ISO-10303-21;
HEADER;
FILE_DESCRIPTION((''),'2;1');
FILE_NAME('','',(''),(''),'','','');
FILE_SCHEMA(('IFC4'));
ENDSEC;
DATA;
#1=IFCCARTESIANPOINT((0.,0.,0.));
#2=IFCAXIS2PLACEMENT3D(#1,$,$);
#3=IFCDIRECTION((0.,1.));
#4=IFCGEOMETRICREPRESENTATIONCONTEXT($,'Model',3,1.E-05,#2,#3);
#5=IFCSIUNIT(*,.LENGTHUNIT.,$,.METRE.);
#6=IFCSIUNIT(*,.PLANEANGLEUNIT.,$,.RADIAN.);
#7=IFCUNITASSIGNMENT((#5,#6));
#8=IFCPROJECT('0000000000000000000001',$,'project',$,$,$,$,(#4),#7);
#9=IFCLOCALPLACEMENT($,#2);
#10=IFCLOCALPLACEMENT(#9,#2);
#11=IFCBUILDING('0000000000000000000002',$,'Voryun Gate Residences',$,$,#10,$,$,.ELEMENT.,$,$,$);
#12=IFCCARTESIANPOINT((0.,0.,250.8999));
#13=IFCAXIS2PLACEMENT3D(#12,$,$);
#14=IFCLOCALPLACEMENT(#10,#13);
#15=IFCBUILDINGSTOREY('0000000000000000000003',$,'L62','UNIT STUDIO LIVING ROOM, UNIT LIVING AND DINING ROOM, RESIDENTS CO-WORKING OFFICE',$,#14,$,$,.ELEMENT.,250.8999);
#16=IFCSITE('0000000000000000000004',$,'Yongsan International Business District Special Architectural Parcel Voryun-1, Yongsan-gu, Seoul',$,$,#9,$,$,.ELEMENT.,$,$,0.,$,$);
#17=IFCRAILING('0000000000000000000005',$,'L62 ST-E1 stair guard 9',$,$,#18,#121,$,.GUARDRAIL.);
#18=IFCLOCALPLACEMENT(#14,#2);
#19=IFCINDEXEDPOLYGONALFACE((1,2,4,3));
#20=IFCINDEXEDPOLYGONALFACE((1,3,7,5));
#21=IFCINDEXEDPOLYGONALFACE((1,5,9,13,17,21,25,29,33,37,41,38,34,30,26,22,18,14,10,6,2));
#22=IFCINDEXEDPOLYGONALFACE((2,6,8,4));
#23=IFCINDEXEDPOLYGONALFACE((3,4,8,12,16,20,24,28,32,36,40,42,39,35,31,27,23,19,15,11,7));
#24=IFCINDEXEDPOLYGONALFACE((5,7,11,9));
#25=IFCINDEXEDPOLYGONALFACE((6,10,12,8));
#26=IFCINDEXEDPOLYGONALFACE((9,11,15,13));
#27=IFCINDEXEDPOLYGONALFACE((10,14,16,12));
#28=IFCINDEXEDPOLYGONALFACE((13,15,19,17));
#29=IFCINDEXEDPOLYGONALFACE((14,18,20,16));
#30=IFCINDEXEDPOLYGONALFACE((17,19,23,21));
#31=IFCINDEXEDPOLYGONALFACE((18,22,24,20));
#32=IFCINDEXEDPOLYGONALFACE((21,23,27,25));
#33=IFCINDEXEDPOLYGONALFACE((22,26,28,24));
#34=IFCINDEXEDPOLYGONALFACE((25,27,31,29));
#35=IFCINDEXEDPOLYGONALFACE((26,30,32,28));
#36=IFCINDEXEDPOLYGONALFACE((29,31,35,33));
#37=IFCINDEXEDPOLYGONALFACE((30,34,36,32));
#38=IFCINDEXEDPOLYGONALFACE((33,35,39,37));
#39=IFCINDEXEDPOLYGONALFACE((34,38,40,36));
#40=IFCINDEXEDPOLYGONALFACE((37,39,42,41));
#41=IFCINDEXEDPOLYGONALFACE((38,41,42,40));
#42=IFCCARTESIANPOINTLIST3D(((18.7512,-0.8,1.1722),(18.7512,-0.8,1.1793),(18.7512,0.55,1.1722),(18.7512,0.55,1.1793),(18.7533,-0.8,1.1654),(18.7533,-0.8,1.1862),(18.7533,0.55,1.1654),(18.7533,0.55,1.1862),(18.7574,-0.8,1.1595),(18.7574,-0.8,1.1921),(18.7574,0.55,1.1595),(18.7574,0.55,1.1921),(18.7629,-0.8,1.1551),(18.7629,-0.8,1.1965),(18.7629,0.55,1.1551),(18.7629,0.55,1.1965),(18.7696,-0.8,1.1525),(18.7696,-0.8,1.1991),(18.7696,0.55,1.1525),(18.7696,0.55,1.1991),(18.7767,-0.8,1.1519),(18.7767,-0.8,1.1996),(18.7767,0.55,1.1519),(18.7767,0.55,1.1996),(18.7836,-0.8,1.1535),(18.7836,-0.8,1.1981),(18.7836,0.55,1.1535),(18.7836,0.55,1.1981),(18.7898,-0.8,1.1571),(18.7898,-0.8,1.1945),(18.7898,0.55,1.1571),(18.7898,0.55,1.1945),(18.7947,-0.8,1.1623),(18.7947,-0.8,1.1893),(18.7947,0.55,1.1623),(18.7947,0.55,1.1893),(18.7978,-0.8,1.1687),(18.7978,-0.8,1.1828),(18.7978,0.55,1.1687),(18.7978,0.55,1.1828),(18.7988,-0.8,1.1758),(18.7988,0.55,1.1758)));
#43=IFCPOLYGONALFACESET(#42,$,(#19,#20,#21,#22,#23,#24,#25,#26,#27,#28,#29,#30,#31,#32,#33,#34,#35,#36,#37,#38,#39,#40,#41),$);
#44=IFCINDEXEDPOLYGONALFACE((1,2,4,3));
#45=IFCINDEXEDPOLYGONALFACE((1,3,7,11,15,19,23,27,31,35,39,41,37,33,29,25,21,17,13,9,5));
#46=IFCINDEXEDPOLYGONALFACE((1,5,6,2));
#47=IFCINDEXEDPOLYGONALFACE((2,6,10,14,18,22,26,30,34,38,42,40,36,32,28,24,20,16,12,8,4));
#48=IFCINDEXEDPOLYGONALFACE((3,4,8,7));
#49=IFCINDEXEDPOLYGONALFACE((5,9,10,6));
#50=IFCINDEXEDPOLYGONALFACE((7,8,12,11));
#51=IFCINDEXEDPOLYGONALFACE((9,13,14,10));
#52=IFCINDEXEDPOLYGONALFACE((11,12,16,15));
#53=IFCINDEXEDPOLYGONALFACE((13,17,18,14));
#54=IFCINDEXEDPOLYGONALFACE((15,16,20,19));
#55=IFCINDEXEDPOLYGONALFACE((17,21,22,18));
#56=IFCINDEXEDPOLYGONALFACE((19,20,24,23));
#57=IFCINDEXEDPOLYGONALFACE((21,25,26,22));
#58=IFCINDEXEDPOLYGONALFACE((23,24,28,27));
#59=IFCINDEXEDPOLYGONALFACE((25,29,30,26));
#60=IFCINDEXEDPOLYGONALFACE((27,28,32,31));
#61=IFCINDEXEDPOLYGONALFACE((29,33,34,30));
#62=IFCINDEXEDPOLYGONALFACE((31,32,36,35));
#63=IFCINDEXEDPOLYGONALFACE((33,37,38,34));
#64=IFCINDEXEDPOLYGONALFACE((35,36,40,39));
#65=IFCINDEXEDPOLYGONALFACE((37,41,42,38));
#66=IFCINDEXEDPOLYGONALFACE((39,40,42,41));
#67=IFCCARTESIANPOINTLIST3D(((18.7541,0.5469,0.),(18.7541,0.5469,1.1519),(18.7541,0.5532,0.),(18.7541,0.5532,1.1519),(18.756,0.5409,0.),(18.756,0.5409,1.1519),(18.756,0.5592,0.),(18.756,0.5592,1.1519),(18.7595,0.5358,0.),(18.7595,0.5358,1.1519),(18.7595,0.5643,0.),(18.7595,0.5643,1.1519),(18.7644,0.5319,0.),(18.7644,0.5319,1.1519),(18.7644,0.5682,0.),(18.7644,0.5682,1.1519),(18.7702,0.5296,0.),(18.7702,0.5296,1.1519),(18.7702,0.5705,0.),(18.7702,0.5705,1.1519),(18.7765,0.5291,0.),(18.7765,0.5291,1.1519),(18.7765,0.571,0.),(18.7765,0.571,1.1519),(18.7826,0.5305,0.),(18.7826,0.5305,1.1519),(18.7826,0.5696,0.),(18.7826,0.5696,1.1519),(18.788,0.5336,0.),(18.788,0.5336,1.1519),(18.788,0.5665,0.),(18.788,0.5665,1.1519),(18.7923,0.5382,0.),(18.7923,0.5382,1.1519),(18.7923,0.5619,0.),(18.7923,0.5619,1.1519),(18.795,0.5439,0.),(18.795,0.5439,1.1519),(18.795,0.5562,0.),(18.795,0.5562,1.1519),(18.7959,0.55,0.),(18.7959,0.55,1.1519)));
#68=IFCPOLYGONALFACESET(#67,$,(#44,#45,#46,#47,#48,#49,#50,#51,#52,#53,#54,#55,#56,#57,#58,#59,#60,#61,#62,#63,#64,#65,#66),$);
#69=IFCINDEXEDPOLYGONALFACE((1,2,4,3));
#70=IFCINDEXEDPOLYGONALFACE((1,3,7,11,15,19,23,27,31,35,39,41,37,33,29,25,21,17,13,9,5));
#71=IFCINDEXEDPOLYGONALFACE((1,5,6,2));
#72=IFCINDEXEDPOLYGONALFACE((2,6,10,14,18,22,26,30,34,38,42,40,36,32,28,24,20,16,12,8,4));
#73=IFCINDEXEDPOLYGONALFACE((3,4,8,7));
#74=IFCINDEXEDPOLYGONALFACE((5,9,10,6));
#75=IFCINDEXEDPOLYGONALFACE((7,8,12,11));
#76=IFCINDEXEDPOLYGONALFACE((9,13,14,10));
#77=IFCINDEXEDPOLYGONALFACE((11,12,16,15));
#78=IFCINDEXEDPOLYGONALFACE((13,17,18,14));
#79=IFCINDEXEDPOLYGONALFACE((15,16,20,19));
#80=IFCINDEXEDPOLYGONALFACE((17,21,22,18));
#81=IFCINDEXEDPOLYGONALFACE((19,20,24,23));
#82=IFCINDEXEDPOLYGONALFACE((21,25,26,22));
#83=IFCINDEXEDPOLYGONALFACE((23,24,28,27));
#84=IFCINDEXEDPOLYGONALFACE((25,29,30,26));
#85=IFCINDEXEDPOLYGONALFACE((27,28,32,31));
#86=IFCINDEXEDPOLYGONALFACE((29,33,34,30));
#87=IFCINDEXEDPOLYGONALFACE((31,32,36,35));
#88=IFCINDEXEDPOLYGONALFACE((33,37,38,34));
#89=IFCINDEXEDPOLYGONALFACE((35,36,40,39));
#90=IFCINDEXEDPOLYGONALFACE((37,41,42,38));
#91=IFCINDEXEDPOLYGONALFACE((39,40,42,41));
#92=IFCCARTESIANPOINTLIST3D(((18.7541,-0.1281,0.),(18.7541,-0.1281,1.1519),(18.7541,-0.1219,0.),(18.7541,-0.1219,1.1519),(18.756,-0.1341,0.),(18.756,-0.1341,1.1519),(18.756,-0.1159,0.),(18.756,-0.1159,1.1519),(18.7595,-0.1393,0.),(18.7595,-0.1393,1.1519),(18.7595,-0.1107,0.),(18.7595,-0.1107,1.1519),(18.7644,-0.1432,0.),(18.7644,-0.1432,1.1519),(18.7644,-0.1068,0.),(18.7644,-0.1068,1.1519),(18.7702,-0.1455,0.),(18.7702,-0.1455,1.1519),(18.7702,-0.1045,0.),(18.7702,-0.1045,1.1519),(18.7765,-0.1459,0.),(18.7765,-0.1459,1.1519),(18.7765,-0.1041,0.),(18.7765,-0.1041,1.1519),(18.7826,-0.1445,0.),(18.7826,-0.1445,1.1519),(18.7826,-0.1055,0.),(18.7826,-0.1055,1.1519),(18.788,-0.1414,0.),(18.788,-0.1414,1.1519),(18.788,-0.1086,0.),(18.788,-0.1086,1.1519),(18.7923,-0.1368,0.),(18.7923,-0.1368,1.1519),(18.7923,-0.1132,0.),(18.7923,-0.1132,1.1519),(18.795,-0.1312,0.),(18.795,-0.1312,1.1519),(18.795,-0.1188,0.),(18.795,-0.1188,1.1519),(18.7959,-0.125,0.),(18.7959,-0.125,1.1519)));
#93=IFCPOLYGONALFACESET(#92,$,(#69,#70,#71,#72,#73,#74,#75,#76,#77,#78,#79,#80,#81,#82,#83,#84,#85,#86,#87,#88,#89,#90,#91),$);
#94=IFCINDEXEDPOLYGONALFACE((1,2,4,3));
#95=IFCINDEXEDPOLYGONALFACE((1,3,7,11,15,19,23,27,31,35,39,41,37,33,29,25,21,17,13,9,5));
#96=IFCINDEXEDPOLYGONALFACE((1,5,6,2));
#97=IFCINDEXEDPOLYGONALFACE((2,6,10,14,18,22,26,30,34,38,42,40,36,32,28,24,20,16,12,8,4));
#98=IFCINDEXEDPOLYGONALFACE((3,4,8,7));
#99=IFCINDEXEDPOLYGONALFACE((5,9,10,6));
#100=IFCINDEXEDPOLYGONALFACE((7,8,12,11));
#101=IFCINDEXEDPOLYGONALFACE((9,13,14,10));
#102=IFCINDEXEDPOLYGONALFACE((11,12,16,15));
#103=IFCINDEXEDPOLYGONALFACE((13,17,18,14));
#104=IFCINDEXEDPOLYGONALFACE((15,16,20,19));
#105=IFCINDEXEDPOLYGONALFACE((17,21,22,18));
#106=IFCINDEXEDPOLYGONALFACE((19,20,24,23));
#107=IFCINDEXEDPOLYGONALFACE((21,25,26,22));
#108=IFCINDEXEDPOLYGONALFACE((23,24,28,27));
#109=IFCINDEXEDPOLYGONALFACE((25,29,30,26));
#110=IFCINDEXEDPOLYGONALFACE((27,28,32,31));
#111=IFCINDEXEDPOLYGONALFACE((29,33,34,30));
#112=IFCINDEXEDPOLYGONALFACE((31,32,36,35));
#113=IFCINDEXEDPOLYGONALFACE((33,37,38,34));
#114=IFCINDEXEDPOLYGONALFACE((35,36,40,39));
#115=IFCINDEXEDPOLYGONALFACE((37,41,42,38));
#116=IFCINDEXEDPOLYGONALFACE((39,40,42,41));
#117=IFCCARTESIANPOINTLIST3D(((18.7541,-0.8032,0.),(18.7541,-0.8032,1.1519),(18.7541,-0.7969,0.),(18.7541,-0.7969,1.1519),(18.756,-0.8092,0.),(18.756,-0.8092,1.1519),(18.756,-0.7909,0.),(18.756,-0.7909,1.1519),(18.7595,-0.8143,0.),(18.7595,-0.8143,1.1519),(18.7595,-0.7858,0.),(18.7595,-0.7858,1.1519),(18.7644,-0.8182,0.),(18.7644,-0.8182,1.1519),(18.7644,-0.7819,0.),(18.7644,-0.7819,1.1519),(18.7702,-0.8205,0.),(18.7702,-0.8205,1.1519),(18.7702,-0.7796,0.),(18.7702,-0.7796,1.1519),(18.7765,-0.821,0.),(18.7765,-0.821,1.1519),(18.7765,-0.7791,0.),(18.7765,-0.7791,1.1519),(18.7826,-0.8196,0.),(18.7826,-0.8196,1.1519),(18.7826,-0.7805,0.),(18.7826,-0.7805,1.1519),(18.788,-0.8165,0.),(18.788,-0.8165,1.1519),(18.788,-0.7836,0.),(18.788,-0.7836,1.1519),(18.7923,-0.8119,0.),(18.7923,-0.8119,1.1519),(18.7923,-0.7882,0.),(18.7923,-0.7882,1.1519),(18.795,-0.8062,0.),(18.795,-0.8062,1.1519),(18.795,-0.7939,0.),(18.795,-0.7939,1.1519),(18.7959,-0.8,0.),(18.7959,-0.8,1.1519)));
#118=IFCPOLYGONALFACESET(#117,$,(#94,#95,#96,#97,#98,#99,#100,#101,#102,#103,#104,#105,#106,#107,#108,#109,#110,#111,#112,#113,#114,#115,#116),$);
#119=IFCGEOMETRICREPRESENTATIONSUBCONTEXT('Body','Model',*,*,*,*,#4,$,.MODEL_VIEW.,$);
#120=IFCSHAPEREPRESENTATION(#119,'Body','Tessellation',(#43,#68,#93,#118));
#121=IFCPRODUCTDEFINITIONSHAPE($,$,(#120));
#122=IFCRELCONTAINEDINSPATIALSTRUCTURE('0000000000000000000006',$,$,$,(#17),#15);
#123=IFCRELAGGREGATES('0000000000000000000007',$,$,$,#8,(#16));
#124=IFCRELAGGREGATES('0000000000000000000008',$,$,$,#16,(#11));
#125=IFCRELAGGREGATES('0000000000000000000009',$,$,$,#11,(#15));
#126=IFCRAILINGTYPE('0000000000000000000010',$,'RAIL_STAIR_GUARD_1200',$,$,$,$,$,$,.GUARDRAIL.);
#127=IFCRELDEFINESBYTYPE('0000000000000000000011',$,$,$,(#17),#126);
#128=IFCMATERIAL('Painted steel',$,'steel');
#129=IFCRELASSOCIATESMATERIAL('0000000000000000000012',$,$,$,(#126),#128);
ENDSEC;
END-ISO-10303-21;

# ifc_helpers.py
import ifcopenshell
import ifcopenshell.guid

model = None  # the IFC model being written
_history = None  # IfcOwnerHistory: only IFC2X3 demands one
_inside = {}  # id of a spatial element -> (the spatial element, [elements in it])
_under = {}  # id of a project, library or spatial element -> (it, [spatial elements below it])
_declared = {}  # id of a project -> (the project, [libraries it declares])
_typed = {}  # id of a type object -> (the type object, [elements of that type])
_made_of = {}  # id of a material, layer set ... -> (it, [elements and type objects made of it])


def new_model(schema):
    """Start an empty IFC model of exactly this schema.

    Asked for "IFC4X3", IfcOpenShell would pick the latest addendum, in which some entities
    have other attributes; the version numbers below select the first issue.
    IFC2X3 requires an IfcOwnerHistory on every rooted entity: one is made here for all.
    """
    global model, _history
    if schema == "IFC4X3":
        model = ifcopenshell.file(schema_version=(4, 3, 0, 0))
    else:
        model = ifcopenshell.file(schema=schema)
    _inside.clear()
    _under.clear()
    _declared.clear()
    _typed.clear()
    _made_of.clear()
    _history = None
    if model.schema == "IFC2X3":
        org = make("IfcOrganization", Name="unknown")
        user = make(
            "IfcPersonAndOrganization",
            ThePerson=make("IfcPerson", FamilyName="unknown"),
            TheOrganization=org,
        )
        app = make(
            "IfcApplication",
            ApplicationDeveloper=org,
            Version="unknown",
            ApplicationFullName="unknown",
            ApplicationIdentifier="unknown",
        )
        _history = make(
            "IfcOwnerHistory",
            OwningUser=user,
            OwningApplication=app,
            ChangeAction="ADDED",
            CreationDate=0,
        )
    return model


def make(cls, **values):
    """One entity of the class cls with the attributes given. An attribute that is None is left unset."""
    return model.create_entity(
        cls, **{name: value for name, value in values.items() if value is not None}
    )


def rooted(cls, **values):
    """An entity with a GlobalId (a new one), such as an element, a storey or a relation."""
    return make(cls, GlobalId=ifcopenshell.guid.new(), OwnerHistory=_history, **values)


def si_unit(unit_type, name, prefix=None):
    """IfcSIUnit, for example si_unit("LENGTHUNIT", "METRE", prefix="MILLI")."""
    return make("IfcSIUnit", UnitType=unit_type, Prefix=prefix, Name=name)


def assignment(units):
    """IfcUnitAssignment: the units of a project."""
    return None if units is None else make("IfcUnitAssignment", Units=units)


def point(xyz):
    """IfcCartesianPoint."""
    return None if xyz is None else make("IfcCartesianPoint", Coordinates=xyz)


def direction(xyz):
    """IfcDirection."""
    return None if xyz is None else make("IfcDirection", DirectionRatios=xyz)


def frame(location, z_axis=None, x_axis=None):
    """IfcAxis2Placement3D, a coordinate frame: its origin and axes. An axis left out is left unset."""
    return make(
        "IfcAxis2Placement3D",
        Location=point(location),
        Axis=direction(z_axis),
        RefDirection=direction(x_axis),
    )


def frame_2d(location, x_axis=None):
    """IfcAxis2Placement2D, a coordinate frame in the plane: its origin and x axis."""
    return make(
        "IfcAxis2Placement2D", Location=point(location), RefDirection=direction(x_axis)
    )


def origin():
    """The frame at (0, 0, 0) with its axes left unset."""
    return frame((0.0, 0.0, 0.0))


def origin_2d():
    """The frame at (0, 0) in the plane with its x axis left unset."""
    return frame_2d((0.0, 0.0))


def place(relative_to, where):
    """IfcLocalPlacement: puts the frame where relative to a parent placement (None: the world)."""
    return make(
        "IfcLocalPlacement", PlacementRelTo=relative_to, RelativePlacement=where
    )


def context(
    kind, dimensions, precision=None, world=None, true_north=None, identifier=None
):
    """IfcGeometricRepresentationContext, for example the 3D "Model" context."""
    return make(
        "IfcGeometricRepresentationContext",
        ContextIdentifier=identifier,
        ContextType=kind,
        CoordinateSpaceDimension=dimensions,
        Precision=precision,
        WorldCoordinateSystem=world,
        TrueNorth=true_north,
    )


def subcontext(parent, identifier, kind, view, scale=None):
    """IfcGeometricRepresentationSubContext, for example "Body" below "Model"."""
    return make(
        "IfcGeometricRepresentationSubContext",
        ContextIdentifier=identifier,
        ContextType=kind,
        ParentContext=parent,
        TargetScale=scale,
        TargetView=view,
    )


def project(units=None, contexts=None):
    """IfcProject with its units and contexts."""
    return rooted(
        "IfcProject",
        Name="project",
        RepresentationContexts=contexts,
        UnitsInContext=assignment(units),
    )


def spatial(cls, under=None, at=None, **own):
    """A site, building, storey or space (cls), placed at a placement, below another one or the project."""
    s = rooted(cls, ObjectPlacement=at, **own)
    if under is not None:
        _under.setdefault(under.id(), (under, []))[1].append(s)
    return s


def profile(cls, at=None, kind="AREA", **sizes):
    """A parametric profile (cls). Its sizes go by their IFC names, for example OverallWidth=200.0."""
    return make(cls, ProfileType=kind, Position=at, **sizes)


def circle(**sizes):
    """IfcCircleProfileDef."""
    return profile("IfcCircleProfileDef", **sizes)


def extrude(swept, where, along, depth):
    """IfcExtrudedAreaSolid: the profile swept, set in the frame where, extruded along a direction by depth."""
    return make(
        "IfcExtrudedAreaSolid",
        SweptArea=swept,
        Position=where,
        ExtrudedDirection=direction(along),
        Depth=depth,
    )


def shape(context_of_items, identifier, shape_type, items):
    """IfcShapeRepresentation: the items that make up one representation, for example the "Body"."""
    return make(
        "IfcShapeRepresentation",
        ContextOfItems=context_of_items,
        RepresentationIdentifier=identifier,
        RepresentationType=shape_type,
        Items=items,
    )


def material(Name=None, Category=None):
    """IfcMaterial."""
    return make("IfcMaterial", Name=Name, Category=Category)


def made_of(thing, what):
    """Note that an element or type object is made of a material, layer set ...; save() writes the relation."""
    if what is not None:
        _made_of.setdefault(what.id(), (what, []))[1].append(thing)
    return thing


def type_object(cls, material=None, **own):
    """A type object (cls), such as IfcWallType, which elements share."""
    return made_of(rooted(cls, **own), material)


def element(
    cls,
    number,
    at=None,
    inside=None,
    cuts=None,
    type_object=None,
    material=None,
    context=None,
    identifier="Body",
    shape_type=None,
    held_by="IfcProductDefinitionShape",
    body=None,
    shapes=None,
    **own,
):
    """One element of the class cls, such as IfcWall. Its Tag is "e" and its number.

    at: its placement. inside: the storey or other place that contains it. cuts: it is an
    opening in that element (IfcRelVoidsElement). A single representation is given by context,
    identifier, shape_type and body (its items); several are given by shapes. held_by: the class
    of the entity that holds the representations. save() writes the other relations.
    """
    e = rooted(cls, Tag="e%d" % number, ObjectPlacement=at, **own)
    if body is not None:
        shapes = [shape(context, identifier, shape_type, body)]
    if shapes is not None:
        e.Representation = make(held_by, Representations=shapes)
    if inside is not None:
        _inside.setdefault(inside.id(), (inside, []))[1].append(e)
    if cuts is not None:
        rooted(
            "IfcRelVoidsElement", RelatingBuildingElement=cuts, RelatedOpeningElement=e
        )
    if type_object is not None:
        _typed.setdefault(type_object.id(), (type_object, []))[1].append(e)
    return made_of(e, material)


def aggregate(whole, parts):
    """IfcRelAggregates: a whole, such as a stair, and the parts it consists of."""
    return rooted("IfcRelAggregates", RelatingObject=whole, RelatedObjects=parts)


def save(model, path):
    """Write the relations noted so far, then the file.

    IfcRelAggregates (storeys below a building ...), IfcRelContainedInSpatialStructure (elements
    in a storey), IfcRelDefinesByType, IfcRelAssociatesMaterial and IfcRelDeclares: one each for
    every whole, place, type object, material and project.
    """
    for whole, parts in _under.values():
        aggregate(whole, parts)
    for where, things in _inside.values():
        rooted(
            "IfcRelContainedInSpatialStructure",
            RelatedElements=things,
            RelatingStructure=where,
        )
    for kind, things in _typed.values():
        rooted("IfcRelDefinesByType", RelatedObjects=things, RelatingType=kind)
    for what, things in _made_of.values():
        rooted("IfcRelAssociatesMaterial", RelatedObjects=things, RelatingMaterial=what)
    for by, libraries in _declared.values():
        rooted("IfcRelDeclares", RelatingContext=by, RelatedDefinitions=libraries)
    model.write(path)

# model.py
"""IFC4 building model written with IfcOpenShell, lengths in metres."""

from ifc_helpers import new_model, si_unit, direction, frame, origin, origin_2d, place, context, subcontext, project, spatial, circle, extrude, material, type_object, element, save


model = new_model("IFC4")

# Units and contexts
model_context = context("Model", 3, precision=1e-05, world=origin(), true_north=direction((0.0, 1.0)))
body_context = subcontext(model_context, "Body", "Model", "MODEL_VIEW")
ifc_project = project(units=[si_unit("LENGTHUNIT", "METRE"), si_unit("PLANEANGLEUNIT", "RADIAN")], contexts=[model_context])

# Site, building, storey
site_placement = place(None, origin())
site = spatial("IfcSite", under=ifc_project, at=site_placement, Name="Yongsan International Business District Special Architectural Parcel Voryun-1, Yongsan-gu, Seoul", CompositionType="ELEMENT", RefElevation=0.0)
building_placement = place(site_placement, origin())
building = spatial("IfcBuilding", under=site, at=building_placement, Name="Voryun Gate Residences", CompositionType="ELEMENT")
storey_placement = place(building_placement, frame((0.0, 0.0, 250.8999)))
storey = spatial("IfcBuildingStorey", under=building, at=storey_placement, Name="L62", Description="UNIT STUDIO LIVING ROOM, UNIT LIVING AND DINING ROOM, RESIDENTS CO-WORKING OFFICE", CompositionType="ELEMENT", Elevation=250.8999)

# Railing
ifc_material_1 = material(Name="Painted steel", Category="steel")
railing_type = type_object("IfcRailingType", Name="RAIL_STAIR_GUARD_1200", PredefinedType="GUARDRAIL", material=ifc_material_1)
railing_placement = place(storey_placement, frame((18.7749, 0.55, 0.0)))
element("IfcRailing", 1, at=railing_placement, inside=storey, type_object=railing_type, Name="L62 ST-E1 stair guard 9", PredefinedType="GUARDRAIL", context=body_context, shape_type="SweptSolid", body=[
    extrude(circle(Radius=0.0239, at=origin_2d()), frame((0.0, 0.0, 1.1758), z_axis=(0.0, -1.0, 0.0), x_axis=(1.0, 0.0, 0.0)), (0.0, 0.0, 1.0), 1.3501),
    extrude(circle(Radius=0.021, at=origin_2d()), origin(), (0.0, 0.0, 1.0), 1.1519),
    extrude(circle(Radius=0.021, at=origin_2d()), frame((0.0, -0.675, 0.0)), (0.0, 0.0, 1.0), 1.1519),
    extrude(circle(Radius=0.021, at=origin_2d()), frame((0.0, -1.3501, 0.0)), (0.0, 0.0, 1.0), 1.1519),
])

save(model, "model.ifc")
